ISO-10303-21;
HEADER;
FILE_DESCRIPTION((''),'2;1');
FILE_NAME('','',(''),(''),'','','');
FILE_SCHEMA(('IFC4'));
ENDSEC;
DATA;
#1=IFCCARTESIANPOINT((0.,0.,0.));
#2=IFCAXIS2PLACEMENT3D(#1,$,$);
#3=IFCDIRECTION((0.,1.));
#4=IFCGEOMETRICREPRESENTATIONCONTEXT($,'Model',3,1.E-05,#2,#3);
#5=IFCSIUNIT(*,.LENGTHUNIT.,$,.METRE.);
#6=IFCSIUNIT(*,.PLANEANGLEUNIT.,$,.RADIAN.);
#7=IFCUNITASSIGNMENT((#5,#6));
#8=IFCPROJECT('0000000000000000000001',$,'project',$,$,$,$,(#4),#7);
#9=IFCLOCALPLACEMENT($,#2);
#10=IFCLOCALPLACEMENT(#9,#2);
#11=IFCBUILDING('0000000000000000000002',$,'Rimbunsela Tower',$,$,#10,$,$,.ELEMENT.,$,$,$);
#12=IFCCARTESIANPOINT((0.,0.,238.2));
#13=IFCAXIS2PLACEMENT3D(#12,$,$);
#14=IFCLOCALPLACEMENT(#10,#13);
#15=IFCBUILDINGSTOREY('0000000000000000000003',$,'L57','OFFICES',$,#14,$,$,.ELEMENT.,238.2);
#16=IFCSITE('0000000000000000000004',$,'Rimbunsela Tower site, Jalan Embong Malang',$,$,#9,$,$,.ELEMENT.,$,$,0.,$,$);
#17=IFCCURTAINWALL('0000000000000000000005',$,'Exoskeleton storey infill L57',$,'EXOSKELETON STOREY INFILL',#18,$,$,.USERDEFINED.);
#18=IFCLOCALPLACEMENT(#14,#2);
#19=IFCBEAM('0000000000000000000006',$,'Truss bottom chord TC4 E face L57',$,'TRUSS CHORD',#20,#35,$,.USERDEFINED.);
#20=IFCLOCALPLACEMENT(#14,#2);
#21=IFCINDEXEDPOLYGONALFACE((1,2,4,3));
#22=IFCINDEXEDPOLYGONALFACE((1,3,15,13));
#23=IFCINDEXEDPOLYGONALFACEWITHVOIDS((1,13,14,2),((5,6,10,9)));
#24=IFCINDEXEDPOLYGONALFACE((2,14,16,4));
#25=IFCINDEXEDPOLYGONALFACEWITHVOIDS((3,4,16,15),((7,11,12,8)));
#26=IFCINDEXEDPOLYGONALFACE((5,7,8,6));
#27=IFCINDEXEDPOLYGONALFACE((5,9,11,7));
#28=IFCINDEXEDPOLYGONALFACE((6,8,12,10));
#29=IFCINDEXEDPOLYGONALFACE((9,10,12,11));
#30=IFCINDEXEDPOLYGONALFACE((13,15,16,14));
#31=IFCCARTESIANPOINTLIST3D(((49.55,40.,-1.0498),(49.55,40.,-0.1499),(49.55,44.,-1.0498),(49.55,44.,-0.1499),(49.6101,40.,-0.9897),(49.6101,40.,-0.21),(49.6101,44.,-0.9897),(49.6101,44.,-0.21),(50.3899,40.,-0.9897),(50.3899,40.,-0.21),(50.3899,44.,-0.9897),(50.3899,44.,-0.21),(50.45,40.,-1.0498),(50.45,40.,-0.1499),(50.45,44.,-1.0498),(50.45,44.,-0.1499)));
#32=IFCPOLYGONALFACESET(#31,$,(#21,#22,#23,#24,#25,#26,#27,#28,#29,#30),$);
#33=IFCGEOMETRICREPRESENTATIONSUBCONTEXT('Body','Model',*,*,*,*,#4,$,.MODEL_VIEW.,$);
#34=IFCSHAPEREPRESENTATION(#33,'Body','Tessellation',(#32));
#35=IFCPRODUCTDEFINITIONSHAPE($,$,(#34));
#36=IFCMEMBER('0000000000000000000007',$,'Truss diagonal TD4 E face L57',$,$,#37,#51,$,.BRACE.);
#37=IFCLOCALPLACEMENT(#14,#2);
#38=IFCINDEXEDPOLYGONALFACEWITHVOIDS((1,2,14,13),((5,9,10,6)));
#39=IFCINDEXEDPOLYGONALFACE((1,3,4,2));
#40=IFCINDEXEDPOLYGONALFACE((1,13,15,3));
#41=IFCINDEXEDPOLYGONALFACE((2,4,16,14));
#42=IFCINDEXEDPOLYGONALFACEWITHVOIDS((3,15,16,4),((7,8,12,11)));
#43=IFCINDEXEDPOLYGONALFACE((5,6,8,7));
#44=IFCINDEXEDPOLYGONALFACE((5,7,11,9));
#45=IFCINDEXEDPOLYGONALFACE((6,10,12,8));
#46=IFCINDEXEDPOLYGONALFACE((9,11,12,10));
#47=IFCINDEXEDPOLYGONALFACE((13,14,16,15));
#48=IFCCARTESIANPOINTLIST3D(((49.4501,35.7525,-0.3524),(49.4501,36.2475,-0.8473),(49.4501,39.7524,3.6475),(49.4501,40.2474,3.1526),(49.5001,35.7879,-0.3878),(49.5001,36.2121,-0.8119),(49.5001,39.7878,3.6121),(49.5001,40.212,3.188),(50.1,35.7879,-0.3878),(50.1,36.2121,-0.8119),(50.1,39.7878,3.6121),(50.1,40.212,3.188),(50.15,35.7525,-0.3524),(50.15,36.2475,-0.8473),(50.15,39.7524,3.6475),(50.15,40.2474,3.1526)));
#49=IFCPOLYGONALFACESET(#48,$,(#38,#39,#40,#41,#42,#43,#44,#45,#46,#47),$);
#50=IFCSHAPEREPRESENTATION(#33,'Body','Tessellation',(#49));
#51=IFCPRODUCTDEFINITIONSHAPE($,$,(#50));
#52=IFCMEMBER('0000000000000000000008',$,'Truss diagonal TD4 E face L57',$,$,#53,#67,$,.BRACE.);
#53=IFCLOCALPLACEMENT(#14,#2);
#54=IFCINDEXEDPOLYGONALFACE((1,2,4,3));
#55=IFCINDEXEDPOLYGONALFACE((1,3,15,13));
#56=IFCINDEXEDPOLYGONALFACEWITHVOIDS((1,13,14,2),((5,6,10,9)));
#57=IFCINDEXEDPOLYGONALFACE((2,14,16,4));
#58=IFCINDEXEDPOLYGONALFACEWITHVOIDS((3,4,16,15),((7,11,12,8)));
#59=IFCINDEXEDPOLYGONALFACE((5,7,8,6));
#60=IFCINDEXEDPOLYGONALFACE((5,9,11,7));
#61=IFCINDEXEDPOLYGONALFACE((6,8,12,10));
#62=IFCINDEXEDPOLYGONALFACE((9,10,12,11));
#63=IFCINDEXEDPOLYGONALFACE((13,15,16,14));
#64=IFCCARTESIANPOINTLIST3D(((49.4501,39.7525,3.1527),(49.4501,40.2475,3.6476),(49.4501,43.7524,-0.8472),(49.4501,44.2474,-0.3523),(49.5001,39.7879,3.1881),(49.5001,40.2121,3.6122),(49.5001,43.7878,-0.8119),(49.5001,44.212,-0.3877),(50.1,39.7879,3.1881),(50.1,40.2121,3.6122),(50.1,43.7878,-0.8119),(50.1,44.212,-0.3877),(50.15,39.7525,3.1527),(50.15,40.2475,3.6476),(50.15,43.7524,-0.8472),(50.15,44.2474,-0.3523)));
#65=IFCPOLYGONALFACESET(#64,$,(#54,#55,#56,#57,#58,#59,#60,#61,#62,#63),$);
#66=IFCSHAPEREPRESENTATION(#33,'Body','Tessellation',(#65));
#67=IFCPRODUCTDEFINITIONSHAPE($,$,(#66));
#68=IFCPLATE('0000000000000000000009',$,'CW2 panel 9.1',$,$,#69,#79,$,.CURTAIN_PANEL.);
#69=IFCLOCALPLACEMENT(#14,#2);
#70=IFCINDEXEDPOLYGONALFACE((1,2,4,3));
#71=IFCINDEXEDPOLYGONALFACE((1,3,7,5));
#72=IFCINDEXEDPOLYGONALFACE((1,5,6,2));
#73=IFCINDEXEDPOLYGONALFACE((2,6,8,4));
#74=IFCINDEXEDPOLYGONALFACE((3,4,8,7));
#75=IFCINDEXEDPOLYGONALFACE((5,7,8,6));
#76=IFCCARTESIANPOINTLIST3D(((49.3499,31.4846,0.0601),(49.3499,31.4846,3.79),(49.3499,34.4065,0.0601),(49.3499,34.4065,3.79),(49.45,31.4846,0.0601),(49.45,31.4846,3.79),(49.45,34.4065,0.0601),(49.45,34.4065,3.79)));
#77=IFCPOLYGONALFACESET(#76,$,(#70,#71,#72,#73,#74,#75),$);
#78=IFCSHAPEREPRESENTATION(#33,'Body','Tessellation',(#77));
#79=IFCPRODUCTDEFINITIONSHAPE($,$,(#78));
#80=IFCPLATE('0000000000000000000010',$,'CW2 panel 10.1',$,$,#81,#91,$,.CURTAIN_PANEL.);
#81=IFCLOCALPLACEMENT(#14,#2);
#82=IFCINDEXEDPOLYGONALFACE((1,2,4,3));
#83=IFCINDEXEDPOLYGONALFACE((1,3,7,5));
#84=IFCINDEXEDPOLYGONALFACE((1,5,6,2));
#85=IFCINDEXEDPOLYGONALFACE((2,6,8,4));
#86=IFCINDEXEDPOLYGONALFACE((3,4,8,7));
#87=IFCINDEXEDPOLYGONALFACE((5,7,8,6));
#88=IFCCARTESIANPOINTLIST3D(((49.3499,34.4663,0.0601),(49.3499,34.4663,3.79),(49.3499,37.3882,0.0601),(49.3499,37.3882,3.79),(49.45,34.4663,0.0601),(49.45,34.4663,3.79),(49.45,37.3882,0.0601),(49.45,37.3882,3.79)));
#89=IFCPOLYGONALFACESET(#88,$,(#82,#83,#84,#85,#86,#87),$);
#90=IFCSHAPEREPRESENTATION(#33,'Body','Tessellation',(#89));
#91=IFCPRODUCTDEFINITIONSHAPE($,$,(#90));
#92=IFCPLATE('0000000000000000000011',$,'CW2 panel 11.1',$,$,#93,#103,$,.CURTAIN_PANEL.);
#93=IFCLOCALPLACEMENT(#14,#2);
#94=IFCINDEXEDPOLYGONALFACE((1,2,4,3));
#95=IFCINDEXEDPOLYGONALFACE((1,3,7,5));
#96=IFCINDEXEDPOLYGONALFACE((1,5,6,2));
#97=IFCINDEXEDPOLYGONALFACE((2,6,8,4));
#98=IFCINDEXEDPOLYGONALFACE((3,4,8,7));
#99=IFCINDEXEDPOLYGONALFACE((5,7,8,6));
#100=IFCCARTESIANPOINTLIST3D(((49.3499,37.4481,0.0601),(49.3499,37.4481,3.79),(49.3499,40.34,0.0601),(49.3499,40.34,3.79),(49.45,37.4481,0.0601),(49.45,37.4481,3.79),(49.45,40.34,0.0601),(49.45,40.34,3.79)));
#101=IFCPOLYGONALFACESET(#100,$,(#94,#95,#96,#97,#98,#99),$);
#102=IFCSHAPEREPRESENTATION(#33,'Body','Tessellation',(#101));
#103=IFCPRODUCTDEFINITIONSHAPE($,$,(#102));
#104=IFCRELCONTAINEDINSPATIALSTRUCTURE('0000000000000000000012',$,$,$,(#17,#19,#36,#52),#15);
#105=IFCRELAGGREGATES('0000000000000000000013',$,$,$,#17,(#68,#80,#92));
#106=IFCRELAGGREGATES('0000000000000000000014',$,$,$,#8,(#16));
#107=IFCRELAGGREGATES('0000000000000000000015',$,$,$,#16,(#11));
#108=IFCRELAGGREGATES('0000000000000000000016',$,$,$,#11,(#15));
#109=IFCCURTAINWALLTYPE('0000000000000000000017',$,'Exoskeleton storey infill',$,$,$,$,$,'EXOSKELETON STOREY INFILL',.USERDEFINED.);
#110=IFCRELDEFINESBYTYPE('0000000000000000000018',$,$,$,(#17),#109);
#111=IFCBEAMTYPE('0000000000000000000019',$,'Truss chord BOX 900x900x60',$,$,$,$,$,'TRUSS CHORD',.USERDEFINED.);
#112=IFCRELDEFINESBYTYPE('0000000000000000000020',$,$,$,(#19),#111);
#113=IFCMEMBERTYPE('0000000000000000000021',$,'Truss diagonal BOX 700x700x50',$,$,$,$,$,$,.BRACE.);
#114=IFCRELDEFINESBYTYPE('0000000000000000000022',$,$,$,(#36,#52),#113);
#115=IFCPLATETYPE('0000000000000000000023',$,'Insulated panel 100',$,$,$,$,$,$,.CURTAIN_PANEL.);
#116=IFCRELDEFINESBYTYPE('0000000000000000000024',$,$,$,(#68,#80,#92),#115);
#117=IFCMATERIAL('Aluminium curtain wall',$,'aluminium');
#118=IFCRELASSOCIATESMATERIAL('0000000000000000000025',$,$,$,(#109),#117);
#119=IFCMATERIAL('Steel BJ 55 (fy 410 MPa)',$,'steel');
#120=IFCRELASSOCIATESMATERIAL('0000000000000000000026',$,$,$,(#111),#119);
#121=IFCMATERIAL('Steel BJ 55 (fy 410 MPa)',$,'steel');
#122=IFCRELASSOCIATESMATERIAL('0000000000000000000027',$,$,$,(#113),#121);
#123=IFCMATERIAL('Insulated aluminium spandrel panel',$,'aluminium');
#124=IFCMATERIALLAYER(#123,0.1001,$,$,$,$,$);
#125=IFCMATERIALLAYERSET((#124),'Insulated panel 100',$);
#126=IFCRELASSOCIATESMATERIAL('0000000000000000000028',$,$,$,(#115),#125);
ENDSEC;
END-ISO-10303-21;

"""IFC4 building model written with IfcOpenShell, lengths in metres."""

from ifc_helpers import new_model, si_unit, direction, frame, origin, origin_2d, place, context, subcontext, project, spatial, rectangle, hollow_rectangle, extrude, material, layer, layer_set, material_profile, profile_set, type_object, element, aggregate, save


model = new_model("IFC4")

# Units and contexts
model_context = context("Model", 3, precision=1e-05, world=origin(), true_north=direction((0.0, 1.0)))
body_context = subcontext(model_context, "Body", "Model", "MODEL_VIEW")
ifc_project = project(units=[si_unit("LENGTHUNIT", "METRE"), si_unit("PLANEANGLEUNIT", "RADIAN")], contexts=[model_context])

# Site, building, storey
site_placement = place(None, origin())
site = spatial("IfcSite", under=ifc_project, at=site_placement, Name="Rimbunsela Tower site, Jalan Embong Malang", CompositionType="ELEMENT", RefElevation=0.0)
building_placement = place(site_placement, origin())
building = spatial("IfcBuilding", under=site, at=building_placement, Name="Rimbunsela Tower", CompositionType="ELEMENT")
storey_placement = place(building_placement, frame((0.0, 0.0, 238.2)))
storey = spatial("IfcBuildingStorey", under=building, at=storey_placement, Name="L57", Description="OFFICES", CompositionType="ELEMENT", Elevation=238.2)

# Curtain wall
ifc_material_1 = material(Name="Aluminium curtain wall", Category="aluminium")
curtain_wall_type_1 = type_object("IfcCurtainWallType", Name="Exoskeleton storey infill", ElementType="EXOSKELETON STOREY INFILL", PredefinedType="USERDEFINED", material=ifc_material_1)
curtain_wall_1_placement = place(storey_placement, origin())
curtain_wall_1 = element("IfcCurtainWall", 1, at=curtain_wall_1_placement, inside=storey, type_object=curtain_wall_type_1, Name="Exoskeleton storey infill L57", ObjectType="EXOSKELETON STOREY INFILL", PredefinedType="USERDEFINED")

# Beam
ifc_material_2 = material(Name="Steel BJ 55 (fy 410 MPa)", Category="steel")
ifc_material_profile_1 = material_profile(ifc_material_2, hollow_rectangle(XDim=0.8999, YDim=0.8999, WallThickness=0.0601, at=origin_2d()), Name="BOX 900x900x60")
ifc_profile_set_1 = profile_set([ifc_material_profile_1], Name="Steel BJ 55 (fy 410 MPa)")
beam_type = type_object("IfcBeamType", Name="Truss chord BOX 900x900x60", ElementType="TRUSS CHORD", PredefinedType="USERDEFINED", material=ifc_profile_set_1)
for number, where, z_axis, x_axis, name in (
    (2, (50.0, 40.0, -0.5999), (0.0, 1.0, 0.0), (-1.0, 0.0, 0.0), "Truss bottom chord TC4 E face L57"),
):
    element("IfcBeam", number, at=place(storey_placement, frame(where, z_axis=z_axis, x_axis=x_axis)), inside=storey, type_object=beam_type, Name=name, ObjectType="TRUSS CHORD", PredefinedType="USERDEFINED", context=body_context, shape_type="SweptSolid", body=[
        extrude(hollow_rectangle(XDim=0.8999, YDim=0.8999, WallThickness=0.0601, at=origin_2d()), origin(), (0.0, 0.0, 1.0), 4.0),
    ])

# Members
ifc_material_3 = material(Name="Steel BJ 55 (fy 410 MPa)", Category="steel")
ifc_material_profile_2 = material_profile(ifc_material_3, hollow_rectangle(XDim=0.7, YDim=0.7, WallThickness=0.05, at=origin_2d()), Name="BOX 700x700x50")
ifc_profile_set_2 = profile_set([ifc_material_profile_2], Name="Steel BJ 55 (fy 410 MPa)")
member_type_1 = type_object("IfcMemberType", Name="Truss diagonal BOX 700x700x50", PredefinedType="BRACE", material=ifc_profile_set_2)
for number, where, z_axis, x_axis, name in (
    (3, (49.8, 36.0, -0.5999), (0.0, 0.707107, 0.707107), (-1.0, 0.0, 0.0), "Truss diagonal TD4 E face L57"),
    (4, (49.8, 40.0, 3.4001), (0.0, 0.707107, -0.707107), (-1.0, 0.0, 0.0), "Truss diagonal TD4 E face L57"),
):
    element("IfcMember", number, at=place(storey_placement, frame(where, z_axis=z_axis, x_axis=x_axis)), inside=storey, type_object=member_type_1, Name=name, PredefinedType="BRACE", context=body_context, shape_type="SweptSolid", body=[
        extrude(hollow_rectangle(XDim=0.7, YDim=0.7, WallThickness=0.05, at=origin_2d()), origin(), (0.0, 0.0, 1.0), 5.6567),
    ])

# Plates
ifc_material_4 = material(Name="Insulated aluminium spandrel panel", Category="aluminium")
ifc_layer = layer(ifc_material_4, 0.1001)
ifc_layer_set = layer_set([ifc_layer], Name="Insulated panel 100")
plate_type = type_object("IfcPlateType", Name="Insulated panel 100", PredefinedType="CURTAIN_PANEL", material=ifc_layer_set)
plate_1_placement = place(storey_placement, frame((49.3999, 32.9456, 0.0601), z_axis=(0.0, 0.0, 1.0), x_axis=(0.0, 1.0, 0.0)))
plate_1 = element("IfcPlate", 5, at=plate_1_placement, type_object=plate_type, Name="CW2 panel 9.1", PredefinedType="CURTAIN_PANEL", context=body_context, shape_type="SweptSolid", body=[
    extrude(rectangle(XDim=2.9219, YDim=0.1001, at=origin_2d()), origin(), (0.0, 0.0, 1.0), 3.73),
])
plate_2_placement = place(storey_placement, frame((49.3999, 35.9272, 0.0601), z_axis=(0.0, 0.0, 1.0), x_axis=(0.0, 1.0, 0.0)))
plate_2 = element("IfcPlate", 6, at=plate_2_placement, type_object=plate_type, Name="CW2 panel 10.1", PredefinedType="CURTAIN_PANEL", context=body_context, shape_type="SweptSolid", body=[
    extrude(rectangle(XDim=2.9219, YDim=0.1001, at=origin_2d()), origin(), (0.0, 0.0, 1.0), 3.73),
])
plate_3_placement = place(storey_placement, frame((49.3999, 38.894, 0.0601), z_axis=(0.0, 0.0, 1.0), x_axis=(0.0, 1.0, 0.0)))
plate_3 = element("IfcPlate", 7, at=plate_3_placement, type_object=plate_type, Name="CW2 panel 11.1", PredefinedType="CURTAIN_PANEL", context=body_context, shape_type="SweptSolid", body=[
    extrude(rectangle(XDim=2.8918, YDim=0.1001, at=origin_2d()), origin(), (0.0, 0.0, 1.0), 3.73),
])
aggregate(curtain_wall_1, [plate_1, plate_2, plate_3])

save(model, "model.ifc")
